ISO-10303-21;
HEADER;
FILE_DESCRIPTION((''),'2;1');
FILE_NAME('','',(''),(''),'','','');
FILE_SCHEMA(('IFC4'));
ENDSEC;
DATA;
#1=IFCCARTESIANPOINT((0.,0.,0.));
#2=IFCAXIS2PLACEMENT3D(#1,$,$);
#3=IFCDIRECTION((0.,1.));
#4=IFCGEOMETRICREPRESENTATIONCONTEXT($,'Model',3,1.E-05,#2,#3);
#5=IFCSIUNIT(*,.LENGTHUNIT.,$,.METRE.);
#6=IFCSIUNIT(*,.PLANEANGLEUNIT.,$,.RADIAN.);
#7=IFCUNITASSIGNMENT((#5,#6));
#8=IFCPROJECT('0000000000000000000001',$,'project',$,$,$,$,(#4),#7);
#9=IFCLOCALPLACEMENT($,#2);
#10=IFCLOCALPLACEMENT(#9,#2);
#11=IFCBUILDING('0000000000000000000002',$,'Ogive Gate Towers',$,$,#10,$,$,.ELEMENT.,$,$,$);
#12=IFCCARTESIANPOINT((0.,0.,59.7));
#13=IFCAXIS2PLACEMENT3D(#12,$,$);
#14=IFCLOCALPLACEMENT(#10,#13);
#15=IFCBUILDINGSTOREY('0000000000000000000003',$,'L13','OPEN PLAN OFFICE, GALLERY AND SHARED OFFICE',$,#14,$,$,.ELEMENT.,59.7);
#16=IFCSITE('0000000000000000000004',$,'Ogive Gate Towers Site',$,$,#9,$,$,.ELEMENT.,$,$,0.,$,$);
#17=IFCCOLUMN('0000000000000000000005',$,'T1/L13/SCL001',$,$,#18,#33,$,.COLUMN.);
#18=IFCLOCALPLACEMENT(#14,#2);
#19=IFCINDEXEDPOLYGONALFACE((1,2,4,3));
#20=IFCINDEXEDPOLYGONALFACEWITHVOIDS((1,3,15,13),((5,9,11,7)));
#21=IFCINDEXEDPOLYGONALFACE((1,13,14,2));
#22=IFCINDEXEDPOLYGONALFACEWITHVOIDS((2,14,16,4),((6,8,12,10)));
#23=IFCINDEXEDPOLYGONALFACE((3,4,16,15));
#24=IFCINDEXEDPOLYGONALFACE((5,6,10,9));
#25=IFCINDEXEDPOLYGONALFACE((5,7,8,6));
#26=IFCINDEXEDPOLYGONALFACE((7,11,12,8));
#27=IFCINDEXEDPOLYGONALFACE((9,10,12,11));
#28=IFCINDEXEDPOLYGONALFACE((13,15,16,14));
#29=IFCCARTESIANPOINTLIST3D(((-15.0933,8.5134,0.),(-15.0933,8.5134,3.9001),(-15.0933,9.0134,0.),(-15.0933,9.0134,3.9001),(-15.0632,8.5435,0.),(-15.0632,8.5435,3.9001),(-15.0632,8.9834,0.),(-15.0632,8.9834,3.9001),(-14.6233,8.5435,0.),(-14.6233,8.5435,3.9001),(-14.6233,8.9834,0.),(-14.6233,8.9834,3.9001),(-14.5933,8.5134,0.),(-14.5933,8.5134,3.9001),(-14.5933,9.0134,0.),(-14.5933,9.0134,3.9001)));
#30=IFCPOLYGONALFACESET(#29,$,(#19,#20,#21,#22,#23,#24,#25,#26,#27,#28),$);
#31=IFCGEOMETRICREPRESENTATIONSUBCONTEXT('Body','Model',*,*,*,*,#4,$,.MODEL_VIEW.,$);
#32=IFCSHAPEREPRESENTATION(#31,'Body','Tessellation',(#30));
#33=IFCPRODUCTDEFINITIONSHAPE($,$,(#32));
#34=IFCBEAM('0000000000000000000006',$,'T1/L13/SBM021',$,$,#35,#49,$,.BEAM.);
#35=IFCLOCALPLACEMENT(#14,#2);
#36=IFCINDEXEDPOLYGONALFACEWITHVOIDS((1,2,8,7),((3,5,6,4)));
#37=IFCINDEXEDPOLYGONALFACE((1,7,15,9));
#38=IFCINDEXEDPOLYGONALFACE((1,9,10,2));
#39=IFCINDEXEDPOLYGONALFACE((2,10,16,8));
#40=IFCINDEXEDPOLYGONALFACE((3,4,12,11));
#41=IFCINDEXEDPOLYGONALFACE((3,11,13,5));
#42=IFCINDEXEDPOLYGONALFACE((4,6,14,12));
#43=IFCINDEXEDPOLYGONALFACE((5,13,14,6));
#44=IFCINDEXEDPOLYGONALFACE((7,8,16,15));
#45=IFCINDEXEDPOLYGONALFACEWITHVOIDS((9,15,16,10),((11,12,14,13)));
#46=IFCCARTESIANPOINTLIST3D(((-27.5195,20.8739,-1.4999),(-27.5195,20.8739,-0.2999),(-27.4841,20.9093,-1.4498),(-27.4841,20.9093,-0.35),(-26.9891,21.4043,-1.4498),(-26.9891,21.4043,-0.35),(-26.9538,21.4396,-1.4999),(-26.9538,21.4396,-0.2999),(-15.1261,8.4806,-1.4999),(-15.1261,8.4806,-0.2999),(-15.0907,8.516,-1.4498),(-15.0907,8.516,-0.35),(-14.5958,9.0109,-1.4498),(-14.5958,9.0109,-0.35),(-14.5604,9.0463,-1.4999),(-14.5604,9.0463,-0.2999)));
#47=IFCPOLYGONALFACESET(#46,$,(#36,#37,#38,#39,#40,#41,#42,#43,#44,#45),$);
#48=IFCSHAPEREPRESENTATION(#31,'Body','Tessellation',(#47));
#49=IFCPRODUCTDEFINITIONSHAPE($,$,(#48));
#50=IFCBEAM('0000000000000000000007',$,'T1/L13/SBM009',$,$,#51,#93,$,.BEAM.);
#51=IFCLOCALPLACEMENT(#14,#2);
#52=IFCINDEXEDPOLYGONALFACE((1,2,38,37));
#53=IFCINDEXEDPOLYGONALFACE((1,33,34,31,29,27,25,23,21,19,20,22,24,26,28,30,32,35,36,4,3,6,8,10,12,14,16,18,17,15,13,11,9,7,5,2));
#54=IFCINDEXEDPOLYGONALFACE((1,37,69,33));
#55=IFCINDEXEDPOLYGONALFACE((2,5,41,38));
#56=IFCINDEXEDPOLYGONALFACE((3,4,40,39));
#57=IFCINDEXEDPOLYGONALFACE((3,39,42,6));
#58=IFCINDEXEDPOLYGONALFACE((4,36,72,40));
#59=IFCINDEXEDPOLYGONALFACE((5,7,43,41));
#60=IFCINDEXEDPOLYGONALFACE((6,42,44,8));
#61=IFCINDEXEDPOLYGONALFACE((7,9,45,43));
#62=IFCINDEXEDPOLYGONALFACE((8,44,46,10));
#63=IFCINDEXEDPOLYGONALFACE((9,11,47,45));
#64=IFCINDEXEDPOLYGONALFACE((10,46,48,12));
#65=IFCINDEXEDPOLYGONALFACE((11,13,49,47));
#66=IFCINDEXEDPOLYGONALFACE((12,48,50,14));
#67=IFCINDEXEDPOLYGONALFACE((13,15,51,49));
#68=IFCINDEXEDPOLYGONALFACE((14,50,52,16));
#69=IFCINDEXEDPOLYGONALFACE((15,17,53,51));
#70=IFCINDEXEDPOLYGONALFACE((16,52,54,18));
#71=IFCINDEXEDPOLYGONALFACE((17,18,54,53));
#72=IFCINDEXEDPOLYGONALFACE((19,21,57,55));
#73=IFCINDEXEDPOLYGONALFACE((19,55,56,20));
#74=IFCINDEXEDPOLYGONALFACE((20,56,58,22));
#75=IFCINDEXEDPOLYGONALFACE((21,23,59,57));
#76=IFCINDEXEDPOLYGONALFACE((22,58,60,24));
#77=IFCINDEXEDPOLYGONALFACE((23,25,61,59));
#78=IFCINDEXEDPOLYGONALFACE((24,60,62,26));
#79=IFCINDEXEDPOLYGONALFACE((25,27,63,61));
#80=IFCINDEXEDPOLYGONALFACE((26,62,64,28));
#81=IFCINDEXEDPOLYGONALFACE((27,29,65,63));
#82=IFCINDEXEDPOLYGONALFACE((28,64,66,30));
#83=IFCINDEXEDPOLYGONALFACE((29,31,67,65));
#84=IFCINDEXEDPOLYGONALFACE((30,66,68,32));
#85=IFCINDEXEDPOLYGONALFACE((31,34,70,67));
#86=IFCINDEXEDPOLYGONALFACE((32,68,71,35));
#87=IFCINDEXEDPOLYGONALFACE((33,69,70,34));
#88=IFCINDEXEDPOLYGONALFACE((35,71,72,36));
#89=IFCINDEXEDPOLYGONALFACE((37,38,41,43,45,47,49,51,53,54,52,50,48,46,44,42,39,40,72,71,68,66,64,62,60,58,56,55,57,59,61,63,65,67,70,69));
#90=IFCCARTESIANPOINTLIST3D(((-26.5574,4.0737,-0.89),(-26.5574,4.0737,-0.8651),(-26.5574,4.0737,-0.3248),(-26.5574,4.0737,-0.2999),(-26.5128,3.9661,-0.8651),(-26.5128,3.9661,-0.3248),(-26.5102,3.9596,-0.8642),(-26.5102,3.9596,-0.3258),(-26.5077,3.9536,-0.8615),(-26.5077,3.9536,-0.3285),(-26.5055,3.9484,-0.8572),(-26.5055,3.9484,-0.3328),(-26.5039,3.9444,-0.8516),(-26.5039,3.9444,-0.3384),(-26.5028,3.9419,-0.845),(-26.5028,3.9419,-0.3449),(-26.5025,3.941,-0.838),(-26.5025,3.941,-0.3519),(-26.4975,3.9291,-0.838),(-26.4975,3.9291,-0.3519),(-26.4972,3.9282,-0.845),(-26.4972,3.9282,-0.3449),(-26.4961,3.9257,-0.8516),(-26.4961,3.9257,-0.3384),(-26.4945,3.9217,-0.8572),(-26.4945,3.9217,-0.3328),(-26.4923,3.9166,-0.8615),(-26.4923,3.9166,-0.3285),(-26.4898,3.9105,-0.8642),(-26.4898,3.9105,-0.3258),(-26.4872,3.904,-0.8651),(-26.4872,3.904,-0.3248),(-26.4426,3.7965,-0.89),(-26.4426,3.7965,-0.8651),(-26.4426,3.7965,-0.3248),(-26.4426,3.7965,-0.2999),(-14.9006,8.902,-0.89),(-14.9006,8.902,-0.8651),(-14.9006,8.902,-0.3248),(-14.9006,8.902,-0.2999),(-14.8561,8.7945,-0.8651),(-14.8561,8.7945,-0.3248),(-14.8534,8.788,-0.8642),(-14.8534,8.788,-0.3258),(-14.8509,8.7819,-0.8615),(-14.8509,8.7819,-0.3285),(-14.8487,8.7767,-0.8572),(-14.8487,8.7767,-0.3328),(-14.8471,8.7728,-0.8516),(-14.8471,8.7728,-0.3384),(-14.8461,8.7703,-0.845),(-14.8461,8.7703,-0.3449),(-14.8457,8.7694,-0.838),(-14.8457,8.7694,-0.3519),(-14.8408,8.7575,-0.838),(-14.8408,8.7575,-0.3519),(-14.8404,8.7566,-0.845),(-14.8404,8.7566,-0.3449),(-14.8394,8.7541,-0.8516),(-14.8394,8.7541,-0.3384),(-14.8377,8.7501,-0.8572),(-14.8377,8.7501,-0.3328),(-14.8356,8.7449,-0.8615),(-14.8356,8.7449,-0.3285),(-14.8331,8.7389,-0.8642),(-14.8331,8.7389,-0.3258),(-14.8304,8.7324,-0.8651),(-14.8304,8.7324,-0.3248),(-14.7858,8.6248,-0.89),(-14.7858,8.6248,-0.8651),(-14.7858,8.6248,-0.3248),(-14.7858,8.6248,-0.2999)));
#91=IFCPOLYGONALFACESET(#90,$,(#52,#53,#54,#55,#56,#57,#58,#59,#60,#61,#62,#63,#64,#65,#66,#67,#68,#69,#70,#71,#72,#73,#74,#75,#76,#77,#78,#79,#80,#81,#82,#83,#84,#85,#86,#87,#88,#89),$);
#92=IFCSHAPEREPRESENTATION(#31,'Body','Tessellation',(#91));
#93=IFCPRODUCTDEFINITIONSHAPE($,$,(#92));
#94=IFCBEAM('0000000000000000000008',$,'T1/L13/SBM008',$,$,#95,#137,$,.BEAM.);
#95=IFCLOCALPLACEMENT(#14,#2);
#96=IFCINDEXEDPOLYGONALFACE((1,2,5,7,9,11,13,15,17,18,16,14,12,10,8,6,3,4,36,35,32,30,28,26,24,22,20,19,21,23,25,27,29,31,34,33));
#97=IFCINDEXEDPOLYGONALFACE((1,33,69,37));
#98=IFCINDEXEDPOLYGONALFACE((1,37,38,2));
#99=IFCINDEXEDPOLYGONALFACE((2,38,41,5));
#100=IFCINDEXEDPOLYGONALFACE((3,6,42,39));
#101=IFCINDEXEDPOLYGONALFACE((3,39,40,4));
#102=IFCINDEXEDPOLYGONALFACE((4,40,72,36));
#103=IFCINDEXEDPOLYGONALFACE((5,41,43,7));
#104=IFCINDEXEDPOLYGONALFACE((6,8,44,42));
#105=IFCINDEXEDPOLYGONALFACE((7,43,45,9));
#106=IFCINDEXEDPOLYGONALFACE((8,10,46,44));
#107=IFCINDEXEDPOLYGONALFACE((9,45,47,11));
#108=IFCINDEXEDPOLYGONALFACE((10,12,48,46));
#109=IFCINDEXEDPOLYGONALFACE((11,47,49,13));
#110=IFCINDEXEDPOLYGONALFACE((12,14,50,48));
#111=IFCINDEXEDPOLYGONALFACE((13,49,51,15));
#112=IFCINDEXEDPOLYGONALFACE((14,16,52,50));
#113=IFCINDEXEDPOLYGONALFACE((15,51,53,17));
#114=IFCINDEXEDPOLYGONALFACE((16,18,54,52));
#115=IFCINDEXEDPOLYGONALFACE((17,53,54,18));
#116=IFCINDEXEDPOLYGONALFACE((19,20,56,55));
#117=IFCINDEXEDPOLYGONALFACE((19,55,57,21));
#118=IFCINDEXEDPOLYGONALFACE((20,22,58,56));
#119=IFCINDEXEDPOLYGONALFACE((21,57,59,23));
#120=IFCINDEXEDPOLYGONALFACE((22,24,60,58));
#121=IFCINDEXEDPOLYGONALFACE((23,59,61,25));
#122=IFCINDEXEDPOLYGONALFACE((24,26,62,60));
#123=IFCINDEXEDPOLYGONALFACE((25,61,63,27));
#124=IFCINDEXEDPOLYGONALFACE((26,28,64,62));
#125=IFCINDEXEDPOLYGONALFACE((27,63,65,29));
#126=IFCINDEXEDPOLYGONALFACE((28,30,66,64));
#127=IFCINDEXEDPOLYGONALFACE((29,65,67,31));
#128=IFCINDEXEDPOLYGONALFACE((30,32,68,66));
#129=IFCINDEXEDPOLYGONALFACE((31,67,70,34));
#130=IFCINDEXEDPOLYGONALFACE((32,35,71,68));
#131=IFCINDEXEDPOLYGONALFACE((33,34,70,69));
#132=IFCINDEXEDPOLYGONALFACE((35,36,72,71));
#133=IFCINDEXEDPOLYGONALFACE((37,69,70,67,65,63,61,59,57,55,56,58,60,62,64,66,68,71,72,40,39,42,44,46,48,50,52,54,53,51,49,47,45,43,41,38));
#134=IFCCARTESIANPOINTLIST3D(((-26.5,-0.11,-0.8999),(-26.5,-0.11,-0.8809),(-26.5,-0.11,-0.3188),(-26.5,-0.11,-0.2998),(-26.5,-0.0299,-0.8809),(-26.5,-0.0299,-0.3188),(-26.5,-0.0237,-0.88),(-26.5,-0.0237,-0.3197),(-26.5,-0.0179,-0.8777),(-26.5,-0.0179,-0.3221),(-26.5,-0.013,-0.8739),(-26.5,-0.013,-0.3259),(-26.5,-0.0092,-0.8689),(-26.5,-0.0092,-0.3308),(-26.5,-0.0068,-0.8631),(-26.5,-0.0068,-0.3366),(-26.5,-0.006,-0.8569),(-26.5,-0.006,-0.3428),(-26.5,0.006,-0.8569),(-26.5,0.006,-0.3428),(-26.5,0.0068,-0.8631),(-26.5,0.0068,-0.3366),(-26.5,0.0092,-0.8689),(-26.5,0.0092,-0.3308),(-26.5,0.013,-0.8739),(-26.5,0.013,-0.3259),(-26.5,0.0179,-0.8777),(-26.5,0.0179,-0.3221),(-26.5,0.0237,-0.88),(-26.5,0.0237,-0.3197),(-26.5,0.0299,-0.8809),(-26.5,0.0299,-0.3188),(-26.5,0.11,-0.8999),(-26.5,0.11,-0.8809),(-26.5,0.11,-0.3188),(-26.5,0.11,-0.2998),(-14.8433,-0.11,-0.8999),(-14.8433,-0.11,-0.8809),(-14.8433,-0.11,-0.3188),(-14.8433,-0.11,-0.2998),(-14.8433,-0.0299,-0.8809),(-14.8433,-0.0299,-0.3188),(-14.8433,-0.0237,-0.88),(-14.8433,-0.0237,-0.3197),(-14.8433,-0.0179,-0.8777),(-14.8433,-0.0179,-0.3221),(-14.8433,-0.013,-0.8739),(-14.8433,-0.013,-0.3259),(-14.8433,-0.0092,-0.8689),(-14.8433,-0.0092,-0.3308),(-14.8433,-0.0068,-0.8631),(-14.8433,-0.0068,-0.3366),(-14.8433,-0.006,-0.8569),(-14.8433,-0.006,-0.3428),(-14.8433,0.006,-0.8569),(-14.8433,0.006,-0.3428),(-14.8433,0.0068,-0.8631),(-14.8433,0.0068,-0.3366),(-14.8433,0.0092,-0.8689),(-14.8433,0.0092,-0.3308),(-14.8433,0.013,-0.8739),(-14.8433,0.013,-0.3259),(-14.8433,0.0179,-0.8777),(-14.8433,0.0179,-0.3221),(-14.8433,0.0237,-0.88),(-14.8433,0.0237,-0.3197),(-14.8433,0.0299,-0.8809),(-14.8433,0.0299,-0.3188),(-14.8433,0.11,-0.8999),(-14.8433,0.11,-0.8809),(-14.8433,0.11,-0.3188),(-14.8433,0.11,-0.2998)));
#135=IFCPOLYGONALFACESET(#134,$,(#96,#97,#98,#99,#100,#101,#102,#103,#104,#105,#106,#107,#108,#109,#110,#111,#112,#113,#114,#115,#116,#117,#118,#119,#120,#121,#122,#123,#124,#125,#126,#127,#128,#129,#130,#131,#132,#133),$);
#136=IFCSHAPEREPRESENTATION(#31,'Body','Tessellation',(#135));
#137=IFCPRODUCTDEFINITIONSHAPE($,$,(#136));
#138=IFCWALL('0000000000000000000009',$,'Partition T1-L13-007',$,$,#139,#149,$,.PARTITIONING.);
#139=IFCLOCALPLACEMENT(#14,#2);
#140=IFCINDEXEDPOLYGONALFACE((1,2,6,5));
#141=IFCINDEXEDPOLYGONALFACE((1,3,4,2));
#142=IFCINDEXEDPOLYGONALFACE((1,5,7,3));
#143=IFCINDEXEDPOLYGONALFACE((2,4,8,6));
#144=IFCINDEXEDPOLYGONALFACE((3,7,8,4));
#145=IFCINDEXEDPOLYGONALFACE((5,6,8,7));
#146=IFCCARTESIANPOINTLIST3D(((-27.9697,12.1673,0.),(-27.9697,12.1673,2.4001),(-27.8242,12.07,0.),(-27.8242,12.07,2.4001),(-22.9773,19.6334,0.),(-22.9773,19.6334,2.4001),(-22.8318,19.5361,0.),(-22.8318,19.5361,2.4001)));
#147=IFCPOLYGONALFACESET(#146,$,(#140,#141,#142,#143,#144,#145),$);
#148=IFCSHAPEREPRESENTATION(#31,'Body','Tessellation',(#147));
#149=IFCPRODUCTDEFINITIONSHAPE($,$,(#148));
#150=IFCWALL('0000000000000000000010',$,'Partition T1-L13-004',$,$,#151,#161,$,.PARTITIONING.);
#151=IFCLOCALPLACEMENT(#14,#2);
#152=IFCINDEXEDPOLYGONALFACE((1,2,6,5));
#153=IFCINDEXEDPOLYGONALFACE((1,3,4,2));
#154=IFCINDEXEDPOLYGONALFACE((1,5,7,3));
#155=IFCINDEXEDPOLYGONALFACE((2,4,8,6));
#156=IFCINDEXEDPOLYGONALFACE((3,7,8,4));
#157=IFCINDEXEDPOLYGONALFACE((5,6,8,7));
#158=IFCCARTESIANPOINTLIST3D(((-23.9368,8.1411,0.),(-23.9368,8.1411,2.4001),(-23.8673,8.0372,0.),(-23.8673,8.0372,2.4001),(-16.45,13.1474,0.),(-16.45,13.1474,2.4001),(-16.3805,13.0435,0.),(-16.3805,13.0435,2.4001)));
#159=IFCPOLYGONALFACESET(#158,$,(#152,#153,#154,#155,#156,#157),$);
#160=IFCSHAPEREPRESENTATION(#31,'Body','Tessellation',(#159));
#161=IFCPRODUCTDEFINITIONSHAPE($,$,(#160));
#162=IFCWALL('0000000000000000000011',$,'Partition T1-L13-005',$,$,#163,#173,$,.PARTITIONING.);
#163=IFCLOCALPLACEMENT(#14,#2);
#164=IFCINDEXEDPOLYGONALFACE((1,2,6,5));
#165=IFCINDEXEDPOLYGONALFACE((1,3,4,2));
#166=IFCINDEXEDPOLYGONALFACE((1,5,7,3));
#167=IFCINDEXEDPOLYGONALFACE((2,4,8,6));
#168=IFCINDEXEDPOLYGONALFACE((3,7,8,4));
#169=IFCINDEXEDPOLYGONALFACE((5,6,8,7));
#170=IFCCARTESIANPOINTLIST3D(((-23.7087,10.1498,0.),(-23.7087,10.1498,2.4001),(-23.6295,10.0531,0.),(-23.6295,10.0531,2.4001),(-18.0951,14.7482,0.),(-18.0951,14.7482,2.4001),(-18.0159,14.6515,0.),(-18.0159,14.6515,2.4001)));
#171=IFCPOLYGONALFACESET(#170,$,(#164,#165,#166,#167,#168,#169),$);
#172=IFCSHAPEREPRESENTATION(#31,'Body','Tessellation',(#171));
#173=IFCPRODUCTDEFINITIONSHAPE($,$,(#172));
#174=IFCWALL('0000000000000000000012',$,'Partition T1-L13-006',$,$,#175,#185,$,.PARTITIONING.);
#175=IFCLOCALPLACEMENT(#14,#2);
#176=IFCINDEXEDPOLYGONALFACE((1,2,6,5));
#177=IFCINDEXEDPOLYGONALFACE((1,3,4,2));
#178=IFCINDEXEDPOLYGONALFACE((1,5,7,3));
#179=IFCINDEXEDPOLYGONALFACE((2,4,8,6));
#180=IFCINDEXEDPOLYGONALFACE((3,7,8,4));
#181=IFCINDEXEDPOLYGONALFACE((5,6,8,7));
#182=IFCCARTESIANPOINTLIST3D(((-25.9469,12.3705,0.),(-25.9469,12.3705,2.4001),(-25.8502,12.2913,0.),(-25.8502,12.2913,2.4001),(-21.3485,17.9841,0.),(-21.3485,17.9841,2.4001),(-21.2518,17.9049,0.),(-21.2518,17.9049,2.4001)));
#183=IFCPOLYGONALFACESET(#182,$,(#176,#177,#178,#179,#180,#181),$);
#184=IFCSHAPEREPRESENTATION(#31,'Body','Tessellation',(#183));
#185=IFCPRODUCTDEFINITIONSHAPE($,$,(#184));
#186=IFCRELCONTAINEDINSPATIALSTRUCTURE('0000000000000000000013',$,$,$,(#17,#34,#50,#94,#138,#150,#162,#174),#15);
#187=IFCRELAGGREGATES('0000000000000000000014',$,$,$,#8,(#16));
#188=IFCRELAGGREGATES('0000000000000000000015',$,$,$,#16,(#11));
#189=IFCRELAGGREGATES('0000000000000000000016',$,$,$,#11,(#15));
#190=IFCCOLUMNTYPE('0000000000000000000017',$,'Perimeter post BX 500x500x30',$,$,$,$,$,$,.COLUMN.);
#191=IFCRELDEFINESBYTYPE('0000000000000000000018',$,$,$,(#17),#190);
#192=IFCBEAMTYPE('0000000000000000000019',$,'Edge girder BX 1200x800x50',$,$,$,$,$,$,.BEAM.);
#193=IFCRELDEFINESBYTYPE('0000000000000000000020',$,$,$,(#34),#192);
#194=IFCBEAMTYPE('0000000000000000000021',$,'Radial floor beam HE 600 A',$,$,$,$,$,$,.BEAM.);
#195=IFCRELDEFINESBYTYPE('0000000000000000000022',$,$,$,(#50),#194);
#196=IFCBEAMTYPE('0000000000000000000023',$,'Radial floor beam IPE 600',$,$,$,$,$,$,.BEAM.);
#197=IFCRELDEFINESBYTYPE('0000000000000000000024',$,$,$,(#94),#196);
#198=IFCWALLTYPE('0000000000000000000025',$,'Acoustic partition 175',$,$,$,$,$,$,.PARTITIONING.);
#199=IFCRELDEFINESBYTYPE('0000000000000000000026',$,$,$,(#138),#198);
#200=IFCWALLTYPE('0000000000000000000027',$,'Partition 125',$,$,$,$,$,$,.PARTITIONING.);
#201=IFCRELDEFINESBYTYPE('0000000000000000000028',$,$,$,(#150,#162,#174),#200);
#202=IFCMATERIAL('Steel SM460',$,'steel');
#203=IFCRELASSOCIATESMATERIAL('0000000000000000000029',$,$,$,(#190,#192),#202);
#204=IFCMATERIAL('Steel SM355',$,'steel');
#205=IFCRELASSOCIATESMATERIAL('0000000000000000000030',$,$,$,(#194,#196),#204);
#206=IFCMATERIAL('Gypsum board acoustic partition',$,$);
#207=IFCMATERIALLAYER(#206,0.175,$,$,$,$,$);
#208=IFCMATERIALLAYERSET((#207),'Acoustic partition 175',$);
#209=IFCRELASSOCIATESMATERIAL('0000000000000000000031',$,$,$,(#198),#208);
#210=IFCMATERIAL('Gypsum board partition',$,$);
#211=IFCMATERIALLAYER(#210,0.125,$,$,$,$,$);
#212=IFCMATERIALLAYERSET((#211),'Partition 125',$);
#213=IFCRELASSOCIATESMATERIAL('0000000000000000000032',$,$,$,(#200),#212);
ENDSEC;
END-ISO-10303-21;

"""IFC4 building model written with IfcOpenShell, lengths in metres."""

from ifc_helpers import new_model, si_unit, direction, frame, frame_2d, origin, origin_2d, place, context, subcontext, project, spatial, rectangle, hollow_rectangle, i_section, extrude, material, layer, layer_set, material_profile, profile_set, type_object, element, save


model = new_model("IFC4")

# Units and contexts
model_context = context("Model", 3, precision=1e-05, world=origin(), true_north=direction((0.0, 1.0)))
body_context = subcontext(model_context, "Body", "Model", "MODEL_VIEW")
ifc_project = project(units=[si_unit("LENGTHUNIT", "METRE"), si_unit("PLANEANGLEUNIT", "RADIAN")], contexts=[model_context])

# Site, building, storey
site_placement = place(None, origin())
site = spatial("IfcSite", under=ifc_project, at=site_placement, Name="Ogive Gate Towers Site", CompositionType="ELEMENT", RefElevation=0.0)
building_placement = place(site_placement, origin())
building = spatial("IfcBuilding", under=site, at=building_placement, Name="Ogive Gate Towers", CompositionType="ELEMENT")
storey_placement = place(building_placement, frame((0.0, 0.0, 59.7)))
storey = spatial("IfcBuildingStorey", under=building, at=storey_placement, Name="L13", Description="OPEN PLAN OFFICE, GALLERY AND SHARED OFFICE", CompositionType="ELEMENT", Elevation=59.7)

# Column
ifc_material_1 = material(Name="Steel SM460", Category="steel")
ifc_material_profile_1 = material_profile(ifc_material_1, hollow_rectangle(XDim=0.5, YDim=0.5, WallThickness=0.03, at=origin_2d()), Name="BX 500x500x30")
ifc_profile_set_1 = profile_set([ifc_material_profile_1], Name="Steel SM460")
column_type = type_object("IfcColumnType", Name="Perimeter post BX 500x500x30", PredefinedType="COLUMN", material=ifc_profile_set_1)
column_placement = place(storey_placement, frame((-14.8433, 8.7634, 0.0), z_axis=(0.0, 0.0, 1.0), x_axis=(1.0, 0.0, 0.0)))
element("IfcColumn", 1, at=column_placement, inside=storey, type_object=column_type, Name="T1/L13/SCL001", PredefinedType="COLUMN", context=body_context, shape_type="SweptSolid", body=[
    extrude(hollow_rectangle(XDim=0.5, YDim=0.5, WallThickness=0.03, at=origin_2d()), origin(), (0.0, 0.0, 1.0), 3.9001),
])

# Beams
ifc_material_profile_2 = material_profile(ifc_material_1, hollow_rectangle(XDim=0.8, YDim=1.2, WallThickness=0.05, at=origin_2d()), Name="BX 1200x800x50")
ifc_profile_set_2 = profile_set([ifc_material_profile_2], Name="Steel SM460")
beam_type_1 = type_object("IfcBeamType", Name="Edge girder BX 1200x800x50", PredefinedType="BEAM", material=ifc_profile_set_2)
beam_1_placement = place(storey_placement, frame((-14.8433, 8.7634, -0.8999), z_axis=(-0.707107, 0.707107, 0.0), x_axis=(-0.707107, -0.707107, 0.0)))
element("IfcBeam", 2, at=beam_1_placement, inside=storey, type_object=beam_type_1, Name="T1/L13/SBM021", PredefinedType="BEAM", context=body_context, shape_type="SweptSolid", body=[
    extrude(hollow_rectangle(XDim=0.8, YDim=1.2, WallThickness=0.05, at=origin_2d()), origin(), (0.0, 0.0, 1.0), 17.5269),
])
ifc_material_2 = material(Name="Steel SM355", Category="steel")
ifc_material_profile_3 = material_profile(ifc_material_2, i_section(OverallWidth=0.3, OverallDepth=0.5901, WebThickness=0.0129, FlangeThickness=0.0249, FilletRadius=0.0271, at=origin_2d()), Name="HE 600 A")
ifc_profile_set_3 = profile_set([ifc_material_profile_3], Name="Steel SM355")
beam_type_2 = type_object("IfcBeamType", Name="Radial floor beam HE 600 A", PredefinedType="BEAM", material=ifc_profile_set_3)
beam_2_placement = place(storey_placement, frame((-26.5, 3.9351, -0.595), z_axis=(0.92388, 0.382683, 0.0), x_axis=(-0.382683, 0.92388, 0.0)))
element("IfcBeam", 3, at=beam_2_placement, inside=storey, type_object=beam_type_2, Name="T1/L13/SBM009", PredefinedType="BEAM", context=body_context, shape_type="SweptSolid", body=[
    extrude(i_section(OverallWidth=0.3, OverallDepth=0.5901, WebThickness=0.0129, FlangeThickness=0.0249, FilletRadius=0.0271, at=origin_2d()), origin(), (0.0, 0.0, 1.0), 12.6172),
])
ifc_material_profile_4 = material_profile(ifc_material_2, i_section(OverallWidth=0.22, OverallDepth=0.6001, WebThickness=0.012, FlangeThickness=0.019, FilletRadius=0.0239, at=origin_2d()), Name="IPE 600")
ifc_profile_set_4 = profile_set([ifc_material_profile_4], Name="Steel SM355")
beam_type_3 = type_object("IfcBeamType", Name="Radial floor beam IPE 600", PredefinedType="BEAM", material=ifc_profile_set_4)
beam_3_placement = place(storey_placement, frame((-26.5, 0.0, -0.5999), z_axis=(1.0, 0.0, 0.0), x_axis=(0.0, 1.0, 0.0)))
element("IfcBeam", 4, at=beam_3_placement, inside=storey, type_object=beam_type_3, Name="T1/L13/SBM008", PredefinedType="BEAM", context=body_context, shape_type="SweptSolid", body=[
    extrude(i_section(OverallWidth=0.22, OverallDepth=0.6001, WebThickness=0.012, FlangeThickness=0.019, FilletRadius=0.0239, at=origin_2d()), origin(), (0.0, 0.0, 1.0), 11.6567),
])

# Walls
ifc_material_3 = material(Name="Gypsum board acoustic partition")
ifc_layer_1 = layer(ifc_material_3, 0.175)
ifc_layer_set_1 = layer_set([ifc_layer_1], Name="Acoustic partition 175")
wall_type_1 = type_object("IfcWallType", Name="Acoustic partition 175", PredefinedType="PARTITIONING", material=ifc_layer_set_1)
wall_1_placement = place(storey_placement, frame((-22.9045, 19.5847, 0.0), z_axis=(0.0, 0.0, 1.0), x_axis=(-0.55586, -0.831276, 0.0)))
element("IfcWall", 5, at=wall_1_placement, inside=storey, type_object=wall_type_1, Name="Partition T1-L13-007", PredefinedType="PARTITIONING", context=body_context, shape_type="SweptSolid", body=[
    extrude(rectangle(XDim=8.9814, YDim=0.175, at=frame_2d((4.4907, 0.0))), origin(), (0.0, 0.0, 1.0), 2.4001),
])
ifc_material_4 = material(Name="Gypsum board partition")
ifc_layer_2 = layer(ifc_material_4, 0.125)
ifc_layer_set_2 = layer_set([ifc_layer_2], Name="Partition 125")
wall_type_2 = type_object("IfcWallType", Name="Partition 125", PredefinedType="PARTITIONING", material=ifc_layer_set_2)
wall_2_placement = place(storey_placement, frame((-16.4153, 13.0955, 0.0), z_axis=(0.0, 0.0, 1.0), x_axis=(-0.831274, -0.555863, 0.0)))
element("IfcWall", 6, at=wall_2_placement, inside=storey, type_object=wall_type_2, Name="Partition T1-L13-004", PredefinedType="PARTITIONING", context=body_context, shape_type="SweptSolid", body=[
    extrude(rectangle(XDim=9.0063, YDim=0.125, at=frame_2d((4.5032, 0.0))), origin(), (0.0, 0.0, 1.0), 2.4001),
])
for number, where, z_axis, x_axis, name in (
    (7, (-18.0554, 14.7, 0.0), (0.0, 0.0, 1.0), (-0.773585, -0.633692, 0.0), "Partition T1-L13-005"),
    (8, (-21.3, 17.9446, 0.0), (0.0, 0.0, 1.0), (-0.633692, -0.773585, 0.0), "Partition T1-L13-006"),
):
    element("IfcWall", number, at=place(storey_placement, frame(where, z_axis=z_axis, x_axis=x_axis)), inside=storey, type_object=wall_type_2, Name=name, PredefinedType="PARTITIONING", context=body_context, shape_type="SweptSolid", body=[
        extrude(rectangle(XDim=7.2566, YDim=0.125, at=frame_2d((3.6284, 0.0))), origin(), (0.0, 0.0, 1.0), 2.4001),
    ])

save(model, "model.ifc")
